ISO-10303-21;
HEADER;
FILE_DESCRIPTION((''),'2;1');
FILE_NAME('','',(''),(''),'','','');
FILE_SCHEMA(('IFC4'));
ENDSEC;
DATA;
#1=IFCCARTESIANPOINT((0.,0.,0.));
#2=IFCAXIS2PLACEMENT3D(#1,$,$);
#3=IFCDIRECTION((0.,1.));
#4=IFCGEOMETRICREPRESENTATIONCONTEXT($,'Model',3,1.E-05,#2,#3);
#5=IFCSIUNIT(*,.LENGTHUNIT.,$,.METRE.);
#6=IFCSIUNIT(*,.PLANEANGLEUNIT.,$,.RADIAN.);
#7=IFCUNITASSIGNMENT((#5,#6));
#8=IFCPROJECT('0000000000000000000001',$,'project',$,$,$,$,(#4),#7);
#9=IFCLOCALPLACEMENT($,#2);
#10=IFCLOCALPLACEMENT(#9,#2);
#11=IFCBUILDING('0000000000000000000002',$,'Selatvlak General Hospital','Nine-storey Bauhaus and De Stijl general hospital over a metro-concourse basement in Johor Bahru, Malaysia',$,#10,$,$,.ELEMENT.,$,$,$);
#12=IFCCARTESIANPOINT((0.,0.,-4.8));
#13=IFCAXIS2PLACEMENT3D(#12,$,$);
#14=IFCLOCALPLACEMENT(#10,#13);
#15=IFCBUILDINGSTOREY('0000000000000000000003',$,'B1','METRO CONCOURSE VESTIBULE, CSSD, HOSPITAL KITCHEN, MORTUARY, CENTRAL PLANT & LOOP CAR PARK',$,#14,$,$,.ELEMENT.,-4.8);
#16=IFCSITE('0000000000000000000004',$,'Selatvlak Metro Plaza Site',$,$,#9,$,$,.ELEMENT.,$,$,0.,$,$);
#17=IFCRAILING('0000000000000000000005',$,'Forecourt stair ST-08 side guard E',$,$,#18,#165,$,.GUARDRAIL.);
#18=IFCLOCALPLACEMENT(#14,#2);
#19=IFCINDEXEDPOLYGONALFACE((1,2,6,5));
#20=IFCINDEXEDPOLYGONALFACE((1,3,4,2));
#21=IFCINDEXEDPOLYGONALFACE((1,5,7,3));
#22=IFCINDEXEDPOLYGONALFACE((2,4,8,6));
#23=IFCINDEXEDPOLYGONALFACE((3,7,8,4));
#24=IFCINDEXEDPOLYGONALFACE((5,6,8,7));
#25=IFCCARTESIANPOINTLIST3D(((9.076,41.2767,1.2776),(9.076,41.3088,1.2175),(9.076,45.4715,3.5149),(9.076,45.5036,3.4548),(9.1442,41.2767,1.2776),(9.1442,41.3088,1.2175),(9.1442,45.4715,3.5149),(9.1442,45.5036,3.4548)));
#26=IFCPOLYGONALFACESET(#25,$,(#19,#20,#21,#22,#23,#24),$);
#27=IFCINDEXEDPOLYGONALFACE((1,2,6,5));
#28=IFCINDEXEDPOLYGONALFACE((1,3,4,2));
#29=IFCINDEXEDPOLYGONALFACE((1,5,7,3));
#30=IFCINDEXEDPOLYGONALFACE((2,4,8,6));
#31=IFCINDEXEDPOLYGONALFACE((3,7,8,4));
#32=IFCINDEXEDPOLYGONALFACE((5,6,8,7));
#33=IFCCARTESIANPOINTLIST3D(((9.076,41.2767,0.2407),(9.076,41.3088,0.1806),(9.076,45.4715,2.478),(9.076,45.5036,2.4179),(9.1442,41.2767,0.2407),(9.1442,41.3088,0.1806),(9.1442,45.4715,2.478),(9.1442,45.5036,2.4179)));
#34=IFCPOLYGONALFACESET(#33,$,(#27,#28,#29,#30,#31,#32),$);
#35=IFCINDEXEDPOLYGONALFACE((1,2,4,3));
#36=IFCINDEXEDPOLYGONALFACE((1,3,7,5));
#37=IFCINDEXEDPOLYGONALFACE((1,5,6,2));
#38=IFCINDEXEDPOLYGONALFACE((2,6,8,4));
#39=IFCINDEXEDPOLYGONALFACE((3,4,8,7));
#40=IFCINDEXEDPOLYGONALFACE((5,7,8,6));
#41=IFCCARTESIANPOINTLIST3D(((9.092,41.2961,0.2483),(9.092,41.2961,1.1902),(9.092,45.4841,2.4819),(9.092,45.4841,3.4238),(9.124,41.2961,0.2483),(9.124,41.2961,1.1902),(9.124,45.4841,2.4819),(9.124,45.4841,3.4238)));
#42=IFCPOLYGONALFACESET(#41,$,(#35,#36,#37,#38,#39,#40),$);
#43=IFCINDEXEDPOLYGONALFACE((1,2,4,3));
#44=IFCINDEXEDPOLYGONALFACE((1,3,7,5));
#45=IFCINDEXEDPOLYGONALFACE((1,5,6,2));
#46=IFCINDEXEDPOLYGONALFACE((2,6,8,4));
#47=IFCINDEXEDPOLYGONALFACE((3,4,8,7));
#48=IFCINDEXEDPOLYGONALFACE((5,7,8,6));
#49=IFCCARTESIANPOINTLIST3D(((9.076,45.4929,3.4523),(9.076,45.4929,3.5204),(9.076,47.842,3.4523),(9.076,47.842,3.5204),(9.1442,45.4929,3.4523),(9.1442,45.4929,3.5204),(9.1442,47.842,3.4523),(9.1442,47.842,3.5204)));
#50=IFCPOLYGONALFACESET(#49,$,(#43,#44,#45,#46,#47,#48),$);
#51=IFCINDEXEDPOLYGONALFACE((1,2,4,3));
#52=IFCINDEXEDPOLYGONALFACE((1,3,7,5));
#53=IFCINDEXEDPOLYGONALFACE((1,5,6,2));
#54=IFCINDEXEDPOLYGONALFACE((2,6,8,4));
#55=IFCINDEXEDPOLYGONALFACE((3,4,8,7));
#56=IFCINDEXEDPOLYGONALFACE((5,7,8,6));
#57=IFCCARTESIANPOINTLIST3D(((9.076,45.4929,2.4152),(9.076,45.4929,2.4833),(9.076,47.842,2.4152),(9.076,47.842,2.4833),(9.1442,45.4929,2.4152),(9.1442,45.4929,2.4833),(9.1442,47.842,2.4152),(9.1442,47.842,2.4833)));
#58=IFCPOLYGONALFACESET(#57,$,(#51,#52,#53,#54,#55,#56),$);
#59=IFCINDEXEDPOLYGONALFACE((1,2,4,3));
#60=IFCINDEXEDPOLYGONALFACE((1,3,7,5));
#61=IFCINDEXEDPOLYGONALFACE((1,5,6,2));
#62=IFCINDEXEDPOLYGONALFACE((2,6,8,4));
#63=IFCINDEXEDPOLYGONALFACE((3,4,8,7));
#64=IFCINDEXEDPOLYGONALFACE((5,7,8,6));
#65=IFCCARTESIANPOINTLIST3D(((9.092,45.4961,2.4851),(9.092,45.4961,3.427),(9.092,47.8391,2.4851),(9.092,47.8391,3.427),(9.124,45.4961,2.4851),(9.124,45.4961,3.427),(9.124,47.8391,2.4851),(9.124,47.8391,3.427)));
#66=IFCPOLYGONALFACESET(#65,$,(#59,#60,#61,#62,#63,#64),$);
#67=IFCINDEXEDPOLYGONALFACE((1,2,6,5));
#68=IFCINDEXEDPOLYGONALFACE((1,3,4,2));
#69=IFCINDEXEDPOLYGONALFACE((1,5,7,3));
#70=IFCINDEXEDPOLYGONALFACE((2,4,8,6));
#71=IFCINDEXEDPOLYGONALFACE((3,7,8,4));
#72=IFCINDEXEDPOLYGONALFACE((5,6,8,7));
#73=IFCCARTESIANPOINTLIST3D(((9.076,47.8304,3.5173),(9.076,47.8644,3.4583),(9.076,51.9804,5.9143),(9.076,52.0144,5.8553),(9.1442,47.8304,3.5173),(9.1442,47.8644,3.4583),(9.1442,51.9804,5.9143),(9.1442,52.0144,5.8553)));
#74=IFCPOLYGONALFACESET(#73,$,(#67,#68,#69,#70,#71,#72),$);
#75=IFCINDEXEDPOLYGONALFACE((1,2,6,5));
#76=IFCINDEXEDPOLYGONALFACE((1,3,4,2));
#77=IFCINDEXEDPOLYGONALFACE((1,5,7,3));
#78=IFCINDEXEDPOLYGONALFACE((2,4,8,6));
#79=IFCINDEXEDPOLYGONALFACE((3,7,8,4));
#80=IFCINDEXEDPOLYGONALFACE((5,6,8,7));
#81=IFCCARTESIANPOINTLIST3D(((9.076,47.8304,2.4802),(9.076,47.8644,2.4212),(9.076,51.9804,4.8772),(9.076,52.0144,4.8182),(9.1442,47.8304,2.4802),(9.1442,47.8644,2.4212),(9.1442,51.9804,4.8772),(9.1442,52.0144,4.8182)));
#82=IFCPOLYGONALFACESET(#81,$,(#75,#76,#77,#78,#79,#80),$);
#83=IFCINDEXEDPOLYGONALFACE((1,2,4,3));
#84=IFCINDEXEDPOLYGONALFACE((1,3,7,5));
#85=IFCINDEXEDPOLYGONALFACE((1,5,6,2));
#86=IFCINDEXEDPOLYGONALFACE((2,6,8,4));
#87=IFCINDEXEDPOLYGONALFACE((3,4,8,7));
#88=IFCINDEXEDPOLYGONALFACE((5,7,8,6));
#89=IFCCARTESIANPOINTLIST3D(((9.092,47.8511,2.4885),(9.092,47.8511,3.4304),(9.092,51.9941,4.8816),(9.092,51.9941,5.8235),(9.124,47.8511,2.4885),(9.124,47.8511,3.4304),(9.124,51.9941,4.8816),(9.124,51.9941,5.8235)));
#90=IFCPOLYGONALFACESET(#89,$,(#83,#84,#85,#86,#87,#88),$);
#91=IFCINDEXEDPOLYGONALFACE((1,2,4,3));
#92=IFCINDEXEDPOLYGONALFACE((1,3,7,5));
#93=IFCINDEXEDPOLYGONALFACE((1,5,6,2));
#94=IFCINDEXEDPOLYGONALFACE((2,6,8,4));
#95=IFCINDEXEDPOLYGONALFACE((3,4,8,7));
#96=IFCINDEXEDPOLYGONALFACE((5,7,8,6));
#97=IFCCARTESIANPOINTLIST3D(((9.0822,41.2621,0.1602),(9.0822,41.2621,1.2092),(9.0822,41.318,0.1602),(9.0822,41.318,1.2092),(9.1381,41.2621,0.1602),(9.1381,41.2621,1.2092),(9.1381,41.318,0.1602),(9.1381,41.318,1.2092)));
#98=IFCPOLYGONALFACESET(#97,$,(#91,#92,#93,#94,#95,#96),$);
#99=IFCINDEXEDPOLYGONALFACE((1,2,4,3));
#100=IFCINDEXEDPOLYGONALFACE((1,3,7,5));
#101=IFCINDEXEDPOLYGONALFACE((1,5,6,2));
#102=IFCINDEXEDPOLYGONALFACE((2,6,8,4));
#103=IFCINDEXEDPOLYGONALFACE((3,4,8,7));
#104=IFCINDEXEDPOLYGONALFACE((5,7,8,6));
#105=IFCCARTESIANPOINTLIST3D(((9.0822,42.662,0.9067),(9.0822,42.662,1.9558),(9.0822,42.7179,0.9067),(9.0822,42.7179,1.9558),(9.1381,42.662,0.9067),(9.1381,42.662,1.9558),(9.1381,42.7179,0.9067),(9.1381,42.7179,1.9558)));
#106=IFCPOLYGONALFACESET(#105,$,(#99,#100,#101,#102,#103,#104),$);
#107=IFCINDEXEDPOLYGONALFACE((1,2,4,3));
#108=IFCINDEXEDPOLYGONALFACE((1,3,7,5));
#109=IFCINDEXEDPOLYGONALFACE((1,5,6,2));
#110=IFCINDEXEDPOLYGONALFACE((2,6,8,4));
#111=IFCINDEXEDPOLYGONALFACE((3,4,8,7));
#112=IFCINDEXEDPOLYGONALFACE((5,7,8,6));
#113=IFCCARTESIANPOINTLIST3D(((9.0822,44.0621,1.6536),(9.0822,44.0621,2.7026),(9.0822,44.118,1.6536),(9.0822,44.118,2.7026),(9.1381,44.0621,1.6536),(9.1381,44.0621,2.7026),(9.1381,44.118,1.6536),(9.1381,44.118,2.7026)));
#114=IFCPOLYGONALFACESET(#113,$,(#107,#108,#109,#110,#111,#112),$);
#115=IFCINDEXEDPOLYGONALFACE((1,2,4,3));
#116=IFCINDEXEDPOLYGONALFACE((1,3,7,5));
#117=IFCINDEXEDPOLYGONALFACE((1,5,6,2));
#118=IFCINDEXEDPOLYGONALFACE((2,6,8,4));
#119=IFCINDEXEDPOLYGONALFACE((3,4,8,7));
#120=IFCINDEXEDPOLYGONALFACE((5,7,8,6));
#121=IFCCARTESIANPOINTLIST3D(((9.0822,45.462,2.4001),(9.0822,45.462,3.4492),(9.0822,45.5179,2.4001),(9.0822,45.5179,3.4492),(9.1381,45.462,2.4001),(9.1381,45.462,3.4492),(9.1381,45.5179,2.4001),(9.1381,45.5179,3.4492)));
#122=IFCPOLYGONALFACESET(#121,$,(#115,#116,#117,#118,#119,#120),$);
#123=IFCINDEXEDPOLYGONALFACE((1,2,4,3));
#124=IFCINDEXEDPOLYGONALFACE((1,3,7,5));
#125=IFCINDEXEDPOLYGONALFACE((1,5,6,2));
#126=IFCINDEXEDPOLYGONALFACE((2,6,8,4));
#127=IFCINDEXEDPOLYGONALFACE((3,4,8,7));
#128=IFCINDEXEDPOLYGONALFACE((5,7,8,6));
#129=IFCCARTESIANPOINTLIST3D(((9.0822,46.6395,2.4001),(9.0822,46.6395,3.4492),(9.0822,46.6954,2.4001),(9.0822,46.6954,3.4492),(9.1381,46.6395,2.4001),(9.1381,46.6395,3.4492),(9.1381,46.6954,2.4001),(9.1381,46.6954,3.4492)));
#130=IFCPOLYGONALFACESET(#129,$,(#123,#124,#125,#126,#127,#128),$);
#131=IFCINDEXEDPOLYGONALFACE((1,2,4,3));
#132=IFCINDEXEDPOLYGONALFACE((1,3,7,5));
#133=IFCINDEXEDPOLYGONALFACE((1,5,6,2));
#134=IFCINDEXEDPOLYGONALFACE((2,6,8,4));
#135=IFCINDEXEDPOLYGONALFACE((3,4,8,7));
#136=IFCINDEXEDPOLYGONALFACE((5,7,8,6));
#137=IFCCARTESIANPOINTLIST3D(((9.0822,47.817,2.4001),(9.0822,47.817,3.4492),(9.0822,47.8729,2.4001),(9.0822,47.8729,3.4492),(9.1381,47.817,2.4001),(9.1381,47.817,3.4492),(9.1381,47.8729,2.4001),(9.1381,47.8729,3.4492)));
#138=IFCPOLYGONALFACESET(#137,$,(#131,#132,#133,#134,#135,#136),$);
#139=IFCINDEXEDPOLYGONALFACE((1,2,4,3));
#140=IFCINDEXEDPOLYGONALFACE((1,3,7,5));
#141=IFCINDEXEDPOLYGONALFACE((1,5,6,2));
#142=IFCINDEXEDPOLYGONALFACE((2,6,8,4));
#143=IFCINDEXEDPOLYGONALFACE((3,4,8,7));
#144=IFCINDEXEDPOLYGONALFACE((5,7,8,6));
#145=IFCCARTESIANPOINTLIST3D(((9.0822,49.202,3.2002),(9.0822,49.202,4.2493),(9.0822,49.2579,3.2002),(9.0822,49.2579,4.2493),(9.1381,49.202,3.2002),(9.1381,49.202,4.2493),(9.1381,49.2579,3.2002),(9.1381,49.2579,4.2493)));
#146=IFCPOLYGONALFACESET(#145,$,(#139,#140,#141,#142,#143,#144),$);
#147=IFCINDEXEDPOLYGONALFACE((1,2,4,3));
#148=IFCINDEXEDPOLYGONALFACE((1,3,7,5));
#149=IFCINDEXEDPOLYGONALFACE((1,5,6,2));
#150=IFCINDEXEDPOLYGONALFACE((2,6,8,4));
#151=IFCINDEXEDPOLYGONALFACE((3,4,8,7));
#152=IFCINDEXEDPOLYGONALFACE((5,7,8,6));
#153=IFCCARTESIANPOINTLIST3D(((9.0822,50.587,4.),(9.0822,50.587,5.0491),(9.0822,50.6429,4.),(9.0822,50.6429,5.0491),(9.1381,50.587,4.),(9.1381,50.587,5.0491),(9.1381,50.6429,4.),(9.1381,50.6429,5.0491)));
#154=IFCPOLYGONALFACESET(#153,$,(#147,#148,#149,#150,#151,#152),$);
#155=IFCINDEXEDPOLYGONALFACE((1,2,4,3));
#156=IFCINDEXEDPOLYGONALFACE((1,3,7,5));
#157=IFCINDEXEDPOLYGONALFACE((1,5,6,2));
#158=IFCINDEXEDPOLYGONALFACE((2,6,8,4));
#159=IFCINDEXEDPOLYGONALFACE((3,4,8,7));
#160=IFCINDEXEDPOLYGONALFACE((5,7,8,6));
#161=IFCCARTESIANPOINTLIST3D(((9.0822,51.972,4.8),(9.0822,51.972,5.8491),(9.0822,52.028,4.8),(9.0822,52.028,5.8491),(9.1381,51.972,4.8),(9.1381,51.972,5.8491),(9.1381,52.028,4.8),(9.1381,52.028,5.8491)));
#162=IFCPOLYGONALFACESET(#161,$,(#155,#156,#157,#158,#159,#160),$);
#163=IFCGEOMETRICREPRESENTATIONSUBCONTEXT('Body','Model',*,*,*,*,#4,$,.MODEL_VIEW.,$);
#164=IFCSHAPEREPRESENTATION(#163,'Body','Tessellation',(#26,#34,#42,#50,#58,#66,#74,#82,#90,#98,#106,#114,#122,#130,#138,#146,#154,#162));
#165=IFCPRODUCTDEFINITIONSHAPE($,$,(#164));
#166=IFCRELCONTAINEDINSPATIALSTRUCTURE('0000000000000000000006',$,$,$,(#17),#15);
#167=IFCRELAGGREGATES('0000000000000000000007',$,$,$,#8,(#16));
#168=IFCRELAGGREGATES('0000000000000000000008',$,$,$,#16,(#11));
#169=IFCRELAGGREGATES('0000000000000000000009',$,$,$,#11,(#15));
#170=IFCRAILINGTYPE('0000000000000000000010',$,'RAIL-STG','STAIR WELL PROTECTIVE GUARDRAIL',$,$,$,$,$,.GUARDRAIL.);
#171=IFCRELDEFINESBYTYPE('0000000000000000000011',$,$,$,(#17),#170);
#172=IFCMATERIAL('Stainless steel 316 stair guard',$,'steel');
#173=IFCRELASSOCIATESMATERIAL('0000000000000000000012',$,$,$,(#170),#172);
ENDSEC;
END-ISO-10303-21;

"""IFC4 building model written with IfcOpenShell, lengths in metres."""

from ifc_helpers import new_model, si_unit, direction, frame, origin, origin_2d, place, context, subcontext, project, spatial, polyline, rectangle, outline, extrude, material, type_object, element, save


model = new_model("IFC4")

# Units and contexts
model_context = context("Model", 3, precision=1e-05, world=origin(), true_north=direction((0.0, 1.0)))
body_context = subcontext(model_context, "Body", "Model", "MODEL_VIEW")
ifc_project = project(units=[si_unit("LENGTHUNIT", "METRE"), si_unit("PLANEANGLEUNIT", "RADIAN")], contexts=[model_context])

# Site, building, storey
site_placement = place(None, origin())
site = spatial("IfcSite", under=ifc_project, at=site_placement, Name="Selatvlak Metro Plaza Site", CompositionType="ELEMENT", RefElevation=0.0)
building_placement = place(site_placement, origin())
building = spatial("IfcBuilding", under=site, at=building_placement, Name="Selatvlak General Hospital", Description="Nine-storey Bauhaus and De Stijl general hospital over a metro-concourse basement in Johor Bahru, Malaysia", CompositionType="ELEMENT")
storey_placement = place(building_placement, frame((0.0, 0.0, -4.8)))
storey = spatial("IfcBuildingStorey", under=building, at=storey_placement, Name="B1", Description="METRO CONCOURSE VESTIBULE, CSSD, HOSPITAL KITCHEN, MORTUARY, CENTRAL PLANT & LOOP CAR PARK", CompositionType="ELEMENT", Elevation=-4.8)

# Railing
ifc_material_1 = material(Name="Stainless steel 316 stair guard", Category="steel")
railing_type = type_object("IfcRailingType", Name="RAIL-STG", Description="STAIR WELL PROTECTIVE GUARDRAIL", PredefinedType="GUARDRAIL", material=ifc_material_1)
railing_1_placement = place(storey_placement, frame((9.1101, 41.29, 0.1602)))
element("IfcRailing", 1, at=railing_1_placement, inside=storey, type_object=railing_type, Name="Forecourt stair ST-08 side guard E", PredefinedType="GUARDRAIL", context=body_context, shape_type="SweptSolid", body=[
    extrude(rectangle(XDim=0.0681, YDim=0.0681, at=origin_2d()), frame((0.0, 0.0027, 1.0874), z_axis=(0.0, 0.882352, 0.470591), x_axis=(-1.0, 0.0, 0.0)), (0.0, 0.0, 1.0), 4.7542),
    extrude(rectangle(XDim=0.0681, YDim=0.0681, at=origin_2d()), frame((0.0, 0.0027, 0.0505), z_axis=(0.0, 0.882352, 0.470591), x_axis=(-1.0, 0.0, 0.0)), (0.0, 0.0, 1.0), 4.7542),
    extrude(outline(polyline([(0.0, 0.0), (4.188, 2.2336), (4.188, 3.1755), (0.0, 0.9419), (0.0, 0.0)])), frame((-0.0181, 0.0061, 0.0881), z_axis=(1.0, 0.0, 0.0), x_axis=(0.0, 1.0, 0.0)), (0.0, 0.0, 1.0), 0.032),
    extrude(rectangle(XDim=0.0681, YDim=0.0681, at=origin_2d()), frame((0.0, 4.2029, 3.3262), z_axis=(0.0, 1.0, 0.0), x_axis=(-1.0, 0.0, 0.0)), (0.0, 0.0, 1.0), 2.3491),
    extrude(rectangle(XDim=0.0681, YDim=0.0681, at=origin_2d()), frame((0.0, 4.2029, 2.2891), z_axis=(0.0, 1.0, 0.0), x_axis=(-1.0, 0.0, 0.0)), (0.0, 0.0, 1.0), 2.3491),
    extrude(outline(polyline([(0.0, 0.0), (2.343, 0.0), (2.343, 0.9419), (0.0, 0.9419), (0.0, 0.0)])), frame((-0.0181, 4.2061, 2.325), z_axis=(1.0, 0.0, 0.0), x_axis=(0.0, 1.0, 0.0)), (0.0, 0.0, 1.0), 0.032),
    extrude(rectangle(XDim=0.0681, YDim=0.0681, at=origin_2d()), frame((0.0, 6.5574, 3.3276), z_axis=(0.0, 0.865936, 0.500156), x_axis=(-1.0, 0.0, 0.0)), (0.0, 0.0, 1.0), 4.7925),
    extrude(rectangle(XDim=0.0681, YDim=0.0681, at=origin_2d()), frame((0.0, 6.5574, 2.2905), z_axis=(0.0, 0.865936, 0.500156), x_axis=(-1.0, 0.0, 0.0)), (0.0, 0.0, 1.0), 4.7925),
    extrude(outline(polyline([(0.0, 0.0), (4.1431, 2.3931), (4.1431, 3.335), (0.0, 0.9419), (0.0, 0.0)])), frame((-0.0181, 6.561, 2.3284), z_axis=(1.0, 0.0, 0.0), x_axis=(0.0, 1.0, 0.0)), (0.0, 0.0, 1.0), 0.032),
    extrude(rectangle(XDim=0.0559, YDim=0.0559, at=origin_2d()), origin(), (0.0, 0.0, 1.0), 1.0491),
    extrude(rectangle(XDim=0.0559, YDim=0.0559, at=origin_2d()), frame((0.0, 1.3999, 0.7466)), (0.0, 0.0, 1.0), 1.0491),
    extrude(rectangle(XDim=0.0559, YDim=0.0559, at=origin_2d()), frame((0.0, 2.8, 1.4934)), (0.0, 0.0, 1.0), 1.0491),
    extrude(rectangle(XDim=0.0559, YDim=0.0559, at=origin_2d()), frame((0.0, 4.2, 2.24)), (0.0, 0.0, 1.0), 1.0491),
    extrude(rectangle(XDim=0.0559, YDim=0.0559, at=origin_2d()), frame((0.0, 5.3774, 2.24)), (0.0, 0.0, 1.0), 1.0491),
    extrude(rectangle(XDim=0.0559, YDim=0.0559, at=origin_2d()), frame((0.0, 6.5549, 2.24)), (0.0, 0.0, 1.0), 1.0491),
    extrude(rectangle(XDim=0.0559, YDim=0.0559, at=origin_2d()), frame((0.0, 7.9399, 3.04)), (0.0, 0.0, 1.0), 1.0491),
    extrude(rectangle(XDim=0.0559, YDim=0.0559, at=origin_2d()), frame((0.0, 9.325, 3.8398)), (0.0, 0.0, 1.0), 1.0491),
    extrude(rectangle(XDim=0.0559, YDim=0.0559, at=origin_2d()), frame((0.0, 10.71, 4.6399)), (0.0, 0.0, 1.0), 1.0491),
])

save(model, "model.ifc")
